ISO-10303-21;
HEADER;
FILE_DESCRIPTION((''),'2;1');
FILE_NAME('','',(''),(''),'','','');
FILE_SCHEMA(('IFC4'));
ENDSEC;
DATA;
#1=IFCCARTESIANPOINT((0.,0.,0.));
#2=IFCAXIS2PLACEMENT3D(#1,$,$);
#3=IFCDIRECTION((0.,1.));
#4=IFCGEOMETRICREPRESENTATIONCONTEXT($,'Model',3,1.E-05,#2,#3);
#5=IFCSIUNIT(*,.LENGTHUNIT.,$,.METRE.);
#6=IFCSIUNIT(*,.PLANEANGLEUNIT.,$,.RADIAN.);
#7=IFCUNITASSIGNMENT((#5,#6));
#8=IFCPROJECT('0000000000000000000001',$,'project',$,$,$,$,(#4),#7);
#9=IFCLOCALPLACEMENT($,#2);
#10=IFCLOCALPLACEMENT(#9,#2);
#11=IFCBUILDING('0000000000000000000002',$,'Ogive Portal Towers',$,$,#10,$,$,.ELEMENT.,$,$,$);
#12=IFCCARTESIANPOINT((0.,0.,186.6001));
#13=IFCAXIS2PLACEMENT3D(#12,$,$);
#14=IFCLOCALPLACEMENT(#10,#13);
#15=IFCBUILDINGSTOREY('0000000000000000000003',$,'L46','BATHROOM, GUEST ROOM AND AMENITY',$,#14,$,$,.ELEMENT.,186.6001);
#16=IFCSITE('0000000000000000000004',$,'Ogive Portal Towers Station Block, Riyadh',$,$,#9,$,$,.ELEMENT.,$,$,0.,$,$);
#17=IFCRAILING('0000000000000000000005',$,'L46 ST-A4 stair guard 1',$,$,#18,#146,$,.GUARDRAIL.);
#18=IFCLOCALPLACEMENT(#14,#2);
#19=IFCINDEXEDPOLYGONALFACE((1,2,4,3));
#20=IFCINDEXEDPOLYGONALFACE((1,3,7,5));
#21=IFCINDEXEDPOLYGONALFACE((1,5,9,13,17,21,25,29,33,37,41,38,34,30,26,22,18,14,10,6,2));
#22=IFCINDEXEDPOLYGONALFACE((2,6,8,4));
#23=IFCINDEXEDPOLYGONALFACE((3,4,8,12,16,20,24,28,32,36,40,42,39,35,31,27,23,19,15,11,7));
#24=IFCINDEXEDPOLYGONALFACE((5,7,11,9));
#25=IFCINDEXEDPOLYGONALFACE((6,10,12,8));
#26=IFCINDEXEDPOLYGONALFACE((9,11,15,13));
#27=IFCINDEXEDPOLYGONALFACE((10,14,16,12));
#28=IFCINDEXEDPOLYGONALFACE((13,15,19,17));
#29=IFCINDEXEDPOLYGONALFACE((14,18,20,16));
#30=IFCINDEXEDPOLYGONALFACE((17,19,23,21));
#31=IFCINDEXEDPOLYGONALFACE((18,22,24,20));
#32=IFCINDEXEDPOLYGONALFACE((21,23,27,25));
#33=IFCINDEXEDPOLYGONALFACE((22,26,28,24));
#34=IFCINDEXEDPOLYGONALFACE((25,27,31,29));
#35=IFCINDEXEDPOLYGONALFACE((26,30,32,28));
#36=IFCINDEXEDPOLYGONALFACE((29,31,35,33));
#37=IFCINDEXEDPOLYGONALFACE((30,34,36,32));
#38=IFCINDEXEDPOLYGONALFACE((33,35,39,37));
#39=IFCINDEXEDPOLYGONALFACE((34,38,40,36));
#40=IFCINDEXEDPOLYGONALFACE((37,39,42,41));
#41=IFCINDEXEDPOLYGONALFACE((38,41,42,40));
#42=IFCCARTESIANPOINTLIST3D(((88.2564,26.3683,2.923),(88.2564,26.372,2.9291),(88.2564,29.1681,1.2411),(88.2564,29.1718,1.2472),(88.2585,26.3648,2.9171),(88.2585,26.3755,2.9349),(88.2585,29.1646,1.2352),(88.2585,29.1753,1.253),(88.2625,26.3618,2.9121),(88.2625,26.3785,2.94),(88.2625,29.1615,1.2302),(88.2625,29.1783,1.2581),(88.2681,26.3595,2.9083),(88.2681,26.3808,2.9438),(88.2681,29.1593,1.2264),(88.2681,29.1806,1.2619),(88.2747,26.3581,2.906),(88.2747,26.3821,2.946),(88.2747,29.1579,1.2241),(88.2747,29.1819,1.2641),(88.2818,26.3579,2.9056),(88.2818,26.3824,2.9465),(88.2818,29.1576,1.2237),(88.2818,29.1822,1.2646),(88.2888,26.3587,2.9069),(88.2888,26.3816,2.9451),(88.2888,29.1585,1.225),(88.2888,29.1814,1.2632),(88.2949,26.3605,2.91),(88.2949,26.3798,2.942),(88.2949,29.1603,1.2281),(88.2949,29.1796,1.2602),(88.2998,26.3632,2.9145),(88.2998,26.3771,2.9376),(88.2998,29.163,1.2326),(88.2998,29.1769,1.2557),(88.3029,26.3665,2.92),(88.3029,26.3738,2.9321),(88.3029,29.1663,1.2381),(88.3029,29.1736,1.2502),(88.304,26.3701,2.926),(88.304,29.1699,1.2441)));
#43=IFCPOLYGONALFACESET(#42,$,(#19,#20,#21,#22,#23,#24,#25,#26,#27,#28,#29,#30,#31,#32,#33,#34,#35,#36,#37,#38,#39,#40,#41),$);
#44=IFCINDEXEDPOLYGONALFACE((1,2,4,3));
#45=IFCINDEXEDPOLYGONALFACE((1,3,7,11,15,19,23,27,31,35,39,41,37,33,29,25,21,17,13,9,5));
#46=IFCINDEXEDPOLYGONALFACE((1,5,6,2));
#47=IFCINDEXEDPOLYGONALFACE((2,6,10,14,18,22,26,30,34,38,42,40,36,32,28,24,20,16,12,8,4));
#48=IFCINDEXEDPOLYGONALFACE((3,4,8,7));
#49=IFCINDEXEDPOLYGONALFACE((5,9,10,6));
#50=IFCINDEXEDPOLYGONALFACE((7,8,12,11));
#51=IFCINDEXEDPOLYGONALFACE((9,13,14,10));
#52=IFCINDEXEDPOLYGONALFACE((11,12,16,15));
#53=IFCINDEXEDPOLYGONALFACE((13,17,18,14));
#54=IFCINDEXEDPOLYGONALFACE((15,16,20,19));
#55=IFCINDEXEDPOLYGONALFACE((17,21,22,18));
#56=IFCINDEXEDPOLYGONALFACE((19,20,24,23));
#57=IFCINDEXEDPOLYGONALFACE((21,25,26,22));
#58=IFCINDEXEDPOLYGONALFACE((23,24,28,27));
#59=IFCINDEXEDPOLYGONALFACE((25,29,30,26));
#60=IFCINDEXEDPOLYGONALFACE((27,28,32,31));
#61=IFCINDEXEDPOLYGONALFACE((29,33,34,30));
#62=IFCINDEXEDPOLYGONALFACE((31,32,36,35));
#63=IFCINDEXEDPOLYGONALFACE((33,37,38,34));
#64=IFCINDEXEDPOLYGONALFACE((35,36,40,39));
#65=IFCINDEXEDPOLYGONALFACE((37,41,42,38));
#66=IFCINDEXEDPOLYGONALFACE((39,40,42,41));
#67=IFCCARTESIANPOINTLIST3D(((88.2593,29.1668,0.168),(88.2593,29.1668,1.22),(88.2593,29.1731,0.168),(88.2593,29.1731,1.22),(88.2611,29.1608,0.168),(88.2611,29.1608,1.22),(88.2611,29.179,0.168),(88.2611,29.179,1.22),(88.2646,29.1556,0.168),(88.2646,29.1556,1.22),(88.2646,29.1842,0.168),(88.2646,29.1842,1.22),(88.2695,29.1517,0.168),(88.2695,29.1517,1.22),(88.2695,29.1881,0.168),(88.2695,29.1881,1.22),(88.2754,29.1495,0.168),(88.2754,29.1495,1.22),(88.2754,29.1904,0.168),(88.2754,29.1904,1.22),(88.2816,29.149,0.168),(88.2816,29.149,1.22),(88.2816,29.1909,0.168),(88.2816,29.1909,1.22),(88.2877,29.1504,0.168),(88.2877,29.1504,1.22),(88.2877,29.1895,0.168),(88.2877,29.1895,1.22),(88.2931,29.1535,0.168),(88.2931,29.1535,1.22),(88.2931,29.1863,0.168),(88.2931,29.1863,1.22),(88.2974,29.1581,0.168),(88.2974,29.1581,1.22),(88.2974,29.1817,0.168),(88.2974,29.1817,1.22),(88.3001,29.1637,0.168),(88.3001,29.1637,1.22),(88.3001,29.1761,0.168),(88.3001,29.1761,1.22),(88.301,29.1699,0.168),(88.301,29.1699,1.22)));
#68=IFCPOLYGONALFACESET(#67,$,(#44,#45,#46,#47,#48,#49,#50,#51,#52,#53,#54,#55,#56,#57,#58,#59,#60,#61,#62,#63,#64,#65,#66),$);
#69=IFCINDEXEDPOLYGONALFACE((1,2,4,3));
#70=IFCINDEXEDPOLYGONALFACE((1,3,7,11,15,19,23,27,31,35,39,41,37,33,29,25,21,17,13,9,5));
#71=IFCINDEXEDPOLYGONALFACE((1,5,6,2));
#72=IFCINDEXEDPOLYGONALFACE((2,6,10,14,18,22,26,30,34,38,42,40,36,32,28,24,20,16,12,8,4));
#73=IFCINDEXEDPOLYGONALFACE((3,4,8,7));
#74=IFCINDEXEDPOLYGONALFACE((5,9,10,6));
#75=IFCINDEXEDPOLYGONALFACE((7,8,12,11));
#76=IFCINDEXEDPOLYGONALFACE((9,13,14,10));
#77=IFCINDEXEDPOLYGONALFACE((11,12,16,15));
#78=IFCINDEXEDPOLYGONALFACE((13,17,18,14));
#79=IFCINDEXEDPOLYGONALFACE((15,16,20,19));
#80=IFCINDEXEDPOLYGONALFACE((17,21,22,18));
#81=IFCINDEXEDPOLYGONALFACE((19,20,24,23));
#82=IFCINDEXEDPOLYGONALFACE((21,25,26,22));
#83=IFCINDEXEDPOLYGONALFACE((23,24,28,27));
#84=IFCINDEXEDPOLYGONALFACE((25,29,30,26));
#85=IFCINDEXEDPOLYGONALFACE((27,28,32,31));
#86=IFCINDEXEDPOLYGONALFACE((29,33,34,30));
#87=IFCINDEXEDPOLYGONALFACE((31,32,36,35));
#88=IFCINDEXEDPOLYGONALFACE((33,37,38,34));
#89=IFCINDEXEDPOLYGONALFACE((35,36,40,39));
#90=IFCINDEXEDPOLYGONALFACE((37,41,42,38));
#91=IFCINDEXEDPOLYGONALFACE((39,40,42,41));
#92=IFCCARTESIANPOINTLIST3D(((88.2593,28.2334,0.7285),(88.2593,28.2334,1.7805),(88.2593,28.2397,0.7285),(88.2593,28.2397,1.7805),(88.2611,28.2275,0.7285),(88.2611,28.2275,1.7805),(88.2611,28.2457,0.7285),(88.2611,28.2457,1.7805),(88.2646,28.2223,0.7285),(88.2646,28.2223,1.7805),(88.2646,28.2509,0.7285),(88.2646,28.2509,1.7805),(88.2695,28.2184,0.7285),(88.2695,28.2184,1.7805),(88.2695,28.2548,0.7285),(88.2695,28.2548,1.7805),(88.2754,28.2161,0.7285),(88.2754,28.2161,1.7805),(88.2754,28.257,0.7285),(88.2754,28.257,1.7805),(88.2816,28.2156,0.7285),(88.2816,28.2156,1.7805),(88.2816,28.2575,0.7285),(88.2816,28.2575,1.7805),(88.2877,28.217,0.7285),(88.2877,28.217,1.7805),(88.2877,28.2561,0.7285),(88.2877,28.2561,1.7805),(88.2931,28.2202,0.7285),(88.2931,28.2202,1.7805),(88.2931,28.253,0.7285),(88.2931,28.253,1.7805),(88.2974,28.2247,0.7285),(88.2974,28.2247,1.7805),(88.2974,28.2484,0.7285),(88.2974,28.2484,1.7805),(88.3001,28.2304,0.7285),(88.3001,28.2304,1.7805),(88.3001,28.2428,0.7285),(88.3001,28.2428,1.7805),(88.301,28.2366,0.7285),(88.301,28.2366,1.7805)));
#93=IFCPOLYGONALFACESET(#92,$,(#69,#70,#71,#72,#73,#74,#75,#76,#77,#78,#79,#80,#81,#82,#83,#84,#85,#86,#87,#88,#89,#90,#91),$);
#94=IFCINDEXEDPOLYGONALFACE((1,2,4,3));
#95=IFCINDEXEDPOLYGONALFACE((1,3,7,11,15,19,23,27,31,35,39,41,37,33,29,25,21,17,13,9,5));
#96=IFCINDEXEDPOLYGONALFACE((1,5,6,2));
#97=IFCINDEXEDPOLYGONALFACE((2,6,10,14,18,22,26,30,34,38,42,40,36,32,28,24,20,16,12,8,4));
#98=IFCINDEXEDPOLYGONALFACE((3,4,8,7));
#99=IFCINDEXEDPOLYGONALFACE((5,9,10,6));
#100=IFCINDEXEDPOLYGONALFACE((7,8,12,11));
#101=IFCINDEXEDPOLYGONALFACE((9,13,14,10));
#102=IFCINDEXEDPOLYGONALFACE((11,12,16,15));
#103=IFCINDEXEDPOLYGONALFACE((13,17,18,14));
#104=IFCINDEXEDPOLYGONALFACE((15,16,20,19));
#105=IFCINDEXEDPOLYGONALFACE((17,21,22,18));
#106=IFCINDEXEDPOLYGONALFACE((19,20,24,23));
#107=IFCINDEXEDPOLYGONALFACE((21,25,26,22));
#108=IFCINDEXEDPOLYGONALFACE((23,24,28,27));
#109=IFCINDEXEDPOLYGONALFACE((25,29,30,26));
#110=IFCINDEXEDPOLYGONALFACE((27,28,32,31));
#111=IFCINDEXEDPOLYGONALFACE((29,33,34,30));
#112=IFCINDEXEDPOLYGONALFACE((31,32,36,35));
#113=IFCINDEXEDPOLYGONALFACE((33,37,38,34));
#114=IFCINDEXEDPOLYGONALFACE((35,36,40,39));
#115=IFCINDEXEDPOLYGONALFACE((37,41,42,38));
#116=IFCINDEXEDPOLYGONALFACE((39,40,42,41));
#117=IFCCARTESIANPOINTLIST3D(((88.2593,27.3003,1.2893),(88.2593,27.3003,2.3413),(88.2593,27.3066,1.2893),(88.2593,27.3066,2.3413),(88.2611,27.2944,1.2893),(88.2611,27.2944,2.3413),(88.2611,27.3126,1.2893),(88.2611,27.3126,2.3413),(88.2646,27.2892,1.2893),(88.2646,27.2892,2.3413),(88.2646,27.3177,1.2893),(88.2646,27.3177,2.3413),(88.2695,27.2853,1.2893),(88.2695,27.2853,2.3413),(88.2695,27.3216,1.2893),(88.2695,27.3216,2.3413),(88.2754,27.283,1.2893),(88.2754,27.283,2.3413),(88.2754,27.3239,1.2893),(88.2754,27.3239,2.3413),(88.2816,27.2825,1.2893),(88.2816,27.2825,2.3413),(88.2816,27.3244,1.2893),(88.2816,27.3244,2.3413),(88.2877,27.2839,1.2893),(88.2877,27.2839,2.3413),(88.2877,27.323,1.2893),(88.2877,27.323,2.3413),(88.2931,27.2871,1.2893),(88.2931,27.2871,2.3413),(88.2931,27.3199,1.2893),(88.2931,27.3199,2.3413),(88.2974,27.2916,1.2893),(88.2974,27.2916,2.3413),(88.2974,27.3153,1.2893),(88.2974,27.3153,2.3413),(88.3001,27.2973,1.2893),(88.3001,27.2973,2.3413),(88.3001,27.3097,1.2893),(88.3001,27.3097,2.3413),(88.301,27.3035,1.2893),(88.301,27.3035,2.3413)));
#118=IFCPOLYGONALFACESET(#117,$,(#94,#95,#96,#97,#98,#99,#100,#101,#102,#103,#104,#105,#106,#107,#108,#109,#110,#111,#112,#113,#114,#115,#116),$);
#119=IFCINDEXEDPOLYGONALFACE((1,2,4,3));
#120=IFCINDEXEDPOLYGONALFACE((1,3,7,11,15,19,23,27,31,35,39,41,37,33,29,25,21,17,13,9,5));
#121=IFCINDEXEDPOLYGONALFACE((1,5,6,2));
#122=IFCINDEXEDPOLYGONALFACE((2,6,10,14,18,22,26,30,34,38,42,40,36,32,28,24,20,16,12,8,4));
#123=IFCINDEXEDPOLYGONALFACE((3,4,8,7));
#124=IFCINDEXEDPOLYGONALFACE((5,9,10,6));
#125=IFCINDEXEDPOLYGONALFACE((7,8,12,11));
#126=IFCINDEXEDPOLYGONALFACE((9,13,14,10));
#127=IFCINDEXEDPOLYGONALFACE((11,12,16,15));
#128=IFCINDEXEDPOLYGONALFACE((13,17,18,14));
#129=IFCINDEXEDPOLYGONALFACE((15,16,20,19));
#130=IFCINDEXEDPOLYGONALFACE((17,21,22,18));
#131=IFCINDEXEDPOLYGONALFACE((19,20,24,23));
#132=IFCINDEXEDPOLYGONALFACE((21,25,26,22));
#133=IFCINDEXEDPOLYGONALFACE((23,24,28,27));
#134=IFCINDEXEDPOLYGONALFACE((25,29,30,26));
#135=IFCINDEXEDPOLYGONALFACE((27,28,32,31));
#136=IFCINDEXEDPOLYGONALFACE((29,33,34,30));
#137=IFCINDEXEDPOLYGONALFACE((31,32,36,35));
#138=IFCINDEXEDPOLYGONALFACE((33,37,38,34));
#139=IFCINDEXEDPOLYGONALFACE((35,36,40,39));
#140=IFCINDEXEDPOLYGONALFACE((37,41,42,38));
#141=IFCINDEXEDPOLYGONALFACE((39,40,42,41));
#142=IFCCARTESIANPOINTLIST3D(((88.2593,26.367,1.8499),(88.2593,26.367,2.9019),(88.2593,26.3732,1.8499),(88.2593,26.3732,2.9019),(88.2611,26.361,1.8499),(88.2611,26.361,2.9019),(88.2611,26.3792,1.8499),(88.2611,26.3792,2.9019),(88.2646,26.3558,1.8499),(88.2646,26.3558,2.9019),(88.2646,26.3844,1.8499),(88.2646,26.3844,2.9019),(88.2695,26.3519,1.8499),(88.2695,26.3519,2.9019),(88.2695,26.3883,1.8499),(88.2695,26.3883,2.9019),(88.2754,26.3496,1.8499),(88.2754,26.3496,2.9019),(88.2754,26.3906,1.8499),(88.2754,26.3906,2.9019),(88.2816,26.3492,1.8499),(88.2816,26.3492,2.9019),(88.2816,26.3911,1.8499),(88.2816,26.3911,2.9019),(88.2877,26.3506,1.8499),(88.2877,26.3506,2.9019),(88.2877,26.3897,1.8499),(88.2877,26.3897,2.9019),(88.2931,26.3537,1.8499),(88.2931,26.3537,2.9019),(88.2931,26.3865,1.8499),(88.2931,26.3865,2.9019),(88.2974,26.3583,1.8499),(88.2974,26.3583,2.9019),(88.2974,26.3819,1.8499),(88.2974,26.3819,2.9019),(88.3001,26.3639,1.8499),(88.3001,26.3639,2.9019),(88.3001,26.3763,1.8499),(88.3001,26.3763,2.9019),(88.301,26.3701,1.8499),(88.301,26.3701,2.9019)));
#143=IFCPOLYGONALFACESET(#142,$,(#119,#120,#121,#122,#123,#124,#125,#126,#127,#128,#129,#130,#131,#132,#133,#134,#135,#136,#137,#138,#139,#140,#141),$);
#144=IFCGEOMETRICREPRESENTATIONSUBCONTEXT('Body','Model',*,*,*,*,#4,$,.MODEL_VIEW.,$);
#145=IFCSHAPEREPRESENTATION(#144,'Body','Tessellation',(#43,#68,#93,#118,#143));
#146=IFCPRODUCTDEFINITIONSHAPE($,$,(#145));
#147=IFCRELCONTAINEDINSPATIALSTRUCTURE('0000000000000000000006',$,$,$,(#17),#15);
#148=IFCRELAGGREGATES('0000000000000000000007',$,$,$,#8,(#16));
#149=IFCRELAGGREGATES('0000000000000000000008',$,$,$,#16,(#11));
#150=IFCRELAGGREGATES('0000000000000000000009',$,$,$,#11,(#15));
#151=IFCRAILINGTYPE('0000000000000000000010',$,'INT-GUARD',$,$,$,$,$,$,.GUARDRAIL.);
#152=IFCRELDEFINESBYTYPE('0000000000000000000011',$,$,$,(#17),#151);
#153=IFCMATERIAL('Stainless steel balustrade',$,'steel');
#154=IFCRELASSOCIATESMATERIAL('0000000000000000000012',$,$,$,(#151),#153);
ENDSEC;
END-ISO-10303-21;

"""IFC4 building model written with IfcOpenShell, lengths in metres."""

from ifc_helpers import new_model, si_unit, direction, frame, origin, origin_2d, place, context, subcontext, project, spatial, circle, extrude, material, type_object, element, save


model = new_model("IFC4")

# Units and contexts
model_context = context("Model", 3, precision=1e-05, world=origin(), true_north=direction((0.0, 1.0)))
body_context = subcontext(model_context, "Body", "Model", "MODEL_VIEW")
ifc_project = project(units=[si_unit("LENGTHUNIT", "METRE"), si_unit("PLANEANGLEUNIT", "RADIAN")], contexts=[model_context])

# Site, building, storey
site_placement = place(None, origin())
site = spatial("IfcSite", under=ifc_project, at=site_placement, Name="Ogive Portal Towers Station Block, Riyadh", CompositionType="ELEMENT", RefElevation=0.0)
building_placement = place(site_placement, origin())
building = spatial("IfcBuilding", under=site, at=building_placement, Name="Ogive Portal Towers", CompositionType="ELEMENT")
storey_placement = place(building_placement, frame((0.0, 0.0, 186.6001)))
storey = spatial("IfcBuildingStorey", under=building, at=storey_placement, Name="L46", Description="BATHROOM, GUEST ROOM AND AMENITY", CompositionType="ELEMENT", Elevation=186.6001)

# Railing
ifc_material_1 = material(Name="Stainless steel balustrade", Category="steel")
railing_type_1 = type_object("IfcRailingType", Name="INT-GUARD", PredefinedType="GUARDRAIL", material=ifc_material_1)
railing_1_placement = place(storey_placement, frame((88.28, 29.1699, 0.168)))
element("IfcRailing", 1, at=railing_1_placement, inside=storey, type_object=railing_type_1, Name="L46 ST-A4 stair guard 1", PredefinedType="GUARDRAIL", context=body_context, shape_type="SweptSolid", body=[
    extrude(circle(Radius=0.0239, at=origin_2d()), frame((0.0, 0.0, 1.0762), z_axis=(0.0, -0.857222, 0.514946), x_axis=(1.0, 0.0, 0.0)), (0.0, 0.0, 1.0), 3.2661),
    extrude(circle(Radius=0.021, at=origin_2d()), origin(), (0.0, 0.0, 1.0), 1.052),
    extrude(circle(Radius=0.021, at=origin_2d()), frame((0.0, -0.9333, 0.5605)), (0.0, 0.0, 1.0), 1.052),
    extrude(circle(Radius=0.021, at=origin_2d()), frame((0.0, -1.8665, 1.1213)), (0.0, 0.0, 1.0), 1.052),
    extrude(circle(Radius=0.021, at=origin_2d()), frame((0.0, -2.7998, 1.6819)), (0.0, 0.0, 1.0), 1.052),
])

save(model, "model.ifc")
